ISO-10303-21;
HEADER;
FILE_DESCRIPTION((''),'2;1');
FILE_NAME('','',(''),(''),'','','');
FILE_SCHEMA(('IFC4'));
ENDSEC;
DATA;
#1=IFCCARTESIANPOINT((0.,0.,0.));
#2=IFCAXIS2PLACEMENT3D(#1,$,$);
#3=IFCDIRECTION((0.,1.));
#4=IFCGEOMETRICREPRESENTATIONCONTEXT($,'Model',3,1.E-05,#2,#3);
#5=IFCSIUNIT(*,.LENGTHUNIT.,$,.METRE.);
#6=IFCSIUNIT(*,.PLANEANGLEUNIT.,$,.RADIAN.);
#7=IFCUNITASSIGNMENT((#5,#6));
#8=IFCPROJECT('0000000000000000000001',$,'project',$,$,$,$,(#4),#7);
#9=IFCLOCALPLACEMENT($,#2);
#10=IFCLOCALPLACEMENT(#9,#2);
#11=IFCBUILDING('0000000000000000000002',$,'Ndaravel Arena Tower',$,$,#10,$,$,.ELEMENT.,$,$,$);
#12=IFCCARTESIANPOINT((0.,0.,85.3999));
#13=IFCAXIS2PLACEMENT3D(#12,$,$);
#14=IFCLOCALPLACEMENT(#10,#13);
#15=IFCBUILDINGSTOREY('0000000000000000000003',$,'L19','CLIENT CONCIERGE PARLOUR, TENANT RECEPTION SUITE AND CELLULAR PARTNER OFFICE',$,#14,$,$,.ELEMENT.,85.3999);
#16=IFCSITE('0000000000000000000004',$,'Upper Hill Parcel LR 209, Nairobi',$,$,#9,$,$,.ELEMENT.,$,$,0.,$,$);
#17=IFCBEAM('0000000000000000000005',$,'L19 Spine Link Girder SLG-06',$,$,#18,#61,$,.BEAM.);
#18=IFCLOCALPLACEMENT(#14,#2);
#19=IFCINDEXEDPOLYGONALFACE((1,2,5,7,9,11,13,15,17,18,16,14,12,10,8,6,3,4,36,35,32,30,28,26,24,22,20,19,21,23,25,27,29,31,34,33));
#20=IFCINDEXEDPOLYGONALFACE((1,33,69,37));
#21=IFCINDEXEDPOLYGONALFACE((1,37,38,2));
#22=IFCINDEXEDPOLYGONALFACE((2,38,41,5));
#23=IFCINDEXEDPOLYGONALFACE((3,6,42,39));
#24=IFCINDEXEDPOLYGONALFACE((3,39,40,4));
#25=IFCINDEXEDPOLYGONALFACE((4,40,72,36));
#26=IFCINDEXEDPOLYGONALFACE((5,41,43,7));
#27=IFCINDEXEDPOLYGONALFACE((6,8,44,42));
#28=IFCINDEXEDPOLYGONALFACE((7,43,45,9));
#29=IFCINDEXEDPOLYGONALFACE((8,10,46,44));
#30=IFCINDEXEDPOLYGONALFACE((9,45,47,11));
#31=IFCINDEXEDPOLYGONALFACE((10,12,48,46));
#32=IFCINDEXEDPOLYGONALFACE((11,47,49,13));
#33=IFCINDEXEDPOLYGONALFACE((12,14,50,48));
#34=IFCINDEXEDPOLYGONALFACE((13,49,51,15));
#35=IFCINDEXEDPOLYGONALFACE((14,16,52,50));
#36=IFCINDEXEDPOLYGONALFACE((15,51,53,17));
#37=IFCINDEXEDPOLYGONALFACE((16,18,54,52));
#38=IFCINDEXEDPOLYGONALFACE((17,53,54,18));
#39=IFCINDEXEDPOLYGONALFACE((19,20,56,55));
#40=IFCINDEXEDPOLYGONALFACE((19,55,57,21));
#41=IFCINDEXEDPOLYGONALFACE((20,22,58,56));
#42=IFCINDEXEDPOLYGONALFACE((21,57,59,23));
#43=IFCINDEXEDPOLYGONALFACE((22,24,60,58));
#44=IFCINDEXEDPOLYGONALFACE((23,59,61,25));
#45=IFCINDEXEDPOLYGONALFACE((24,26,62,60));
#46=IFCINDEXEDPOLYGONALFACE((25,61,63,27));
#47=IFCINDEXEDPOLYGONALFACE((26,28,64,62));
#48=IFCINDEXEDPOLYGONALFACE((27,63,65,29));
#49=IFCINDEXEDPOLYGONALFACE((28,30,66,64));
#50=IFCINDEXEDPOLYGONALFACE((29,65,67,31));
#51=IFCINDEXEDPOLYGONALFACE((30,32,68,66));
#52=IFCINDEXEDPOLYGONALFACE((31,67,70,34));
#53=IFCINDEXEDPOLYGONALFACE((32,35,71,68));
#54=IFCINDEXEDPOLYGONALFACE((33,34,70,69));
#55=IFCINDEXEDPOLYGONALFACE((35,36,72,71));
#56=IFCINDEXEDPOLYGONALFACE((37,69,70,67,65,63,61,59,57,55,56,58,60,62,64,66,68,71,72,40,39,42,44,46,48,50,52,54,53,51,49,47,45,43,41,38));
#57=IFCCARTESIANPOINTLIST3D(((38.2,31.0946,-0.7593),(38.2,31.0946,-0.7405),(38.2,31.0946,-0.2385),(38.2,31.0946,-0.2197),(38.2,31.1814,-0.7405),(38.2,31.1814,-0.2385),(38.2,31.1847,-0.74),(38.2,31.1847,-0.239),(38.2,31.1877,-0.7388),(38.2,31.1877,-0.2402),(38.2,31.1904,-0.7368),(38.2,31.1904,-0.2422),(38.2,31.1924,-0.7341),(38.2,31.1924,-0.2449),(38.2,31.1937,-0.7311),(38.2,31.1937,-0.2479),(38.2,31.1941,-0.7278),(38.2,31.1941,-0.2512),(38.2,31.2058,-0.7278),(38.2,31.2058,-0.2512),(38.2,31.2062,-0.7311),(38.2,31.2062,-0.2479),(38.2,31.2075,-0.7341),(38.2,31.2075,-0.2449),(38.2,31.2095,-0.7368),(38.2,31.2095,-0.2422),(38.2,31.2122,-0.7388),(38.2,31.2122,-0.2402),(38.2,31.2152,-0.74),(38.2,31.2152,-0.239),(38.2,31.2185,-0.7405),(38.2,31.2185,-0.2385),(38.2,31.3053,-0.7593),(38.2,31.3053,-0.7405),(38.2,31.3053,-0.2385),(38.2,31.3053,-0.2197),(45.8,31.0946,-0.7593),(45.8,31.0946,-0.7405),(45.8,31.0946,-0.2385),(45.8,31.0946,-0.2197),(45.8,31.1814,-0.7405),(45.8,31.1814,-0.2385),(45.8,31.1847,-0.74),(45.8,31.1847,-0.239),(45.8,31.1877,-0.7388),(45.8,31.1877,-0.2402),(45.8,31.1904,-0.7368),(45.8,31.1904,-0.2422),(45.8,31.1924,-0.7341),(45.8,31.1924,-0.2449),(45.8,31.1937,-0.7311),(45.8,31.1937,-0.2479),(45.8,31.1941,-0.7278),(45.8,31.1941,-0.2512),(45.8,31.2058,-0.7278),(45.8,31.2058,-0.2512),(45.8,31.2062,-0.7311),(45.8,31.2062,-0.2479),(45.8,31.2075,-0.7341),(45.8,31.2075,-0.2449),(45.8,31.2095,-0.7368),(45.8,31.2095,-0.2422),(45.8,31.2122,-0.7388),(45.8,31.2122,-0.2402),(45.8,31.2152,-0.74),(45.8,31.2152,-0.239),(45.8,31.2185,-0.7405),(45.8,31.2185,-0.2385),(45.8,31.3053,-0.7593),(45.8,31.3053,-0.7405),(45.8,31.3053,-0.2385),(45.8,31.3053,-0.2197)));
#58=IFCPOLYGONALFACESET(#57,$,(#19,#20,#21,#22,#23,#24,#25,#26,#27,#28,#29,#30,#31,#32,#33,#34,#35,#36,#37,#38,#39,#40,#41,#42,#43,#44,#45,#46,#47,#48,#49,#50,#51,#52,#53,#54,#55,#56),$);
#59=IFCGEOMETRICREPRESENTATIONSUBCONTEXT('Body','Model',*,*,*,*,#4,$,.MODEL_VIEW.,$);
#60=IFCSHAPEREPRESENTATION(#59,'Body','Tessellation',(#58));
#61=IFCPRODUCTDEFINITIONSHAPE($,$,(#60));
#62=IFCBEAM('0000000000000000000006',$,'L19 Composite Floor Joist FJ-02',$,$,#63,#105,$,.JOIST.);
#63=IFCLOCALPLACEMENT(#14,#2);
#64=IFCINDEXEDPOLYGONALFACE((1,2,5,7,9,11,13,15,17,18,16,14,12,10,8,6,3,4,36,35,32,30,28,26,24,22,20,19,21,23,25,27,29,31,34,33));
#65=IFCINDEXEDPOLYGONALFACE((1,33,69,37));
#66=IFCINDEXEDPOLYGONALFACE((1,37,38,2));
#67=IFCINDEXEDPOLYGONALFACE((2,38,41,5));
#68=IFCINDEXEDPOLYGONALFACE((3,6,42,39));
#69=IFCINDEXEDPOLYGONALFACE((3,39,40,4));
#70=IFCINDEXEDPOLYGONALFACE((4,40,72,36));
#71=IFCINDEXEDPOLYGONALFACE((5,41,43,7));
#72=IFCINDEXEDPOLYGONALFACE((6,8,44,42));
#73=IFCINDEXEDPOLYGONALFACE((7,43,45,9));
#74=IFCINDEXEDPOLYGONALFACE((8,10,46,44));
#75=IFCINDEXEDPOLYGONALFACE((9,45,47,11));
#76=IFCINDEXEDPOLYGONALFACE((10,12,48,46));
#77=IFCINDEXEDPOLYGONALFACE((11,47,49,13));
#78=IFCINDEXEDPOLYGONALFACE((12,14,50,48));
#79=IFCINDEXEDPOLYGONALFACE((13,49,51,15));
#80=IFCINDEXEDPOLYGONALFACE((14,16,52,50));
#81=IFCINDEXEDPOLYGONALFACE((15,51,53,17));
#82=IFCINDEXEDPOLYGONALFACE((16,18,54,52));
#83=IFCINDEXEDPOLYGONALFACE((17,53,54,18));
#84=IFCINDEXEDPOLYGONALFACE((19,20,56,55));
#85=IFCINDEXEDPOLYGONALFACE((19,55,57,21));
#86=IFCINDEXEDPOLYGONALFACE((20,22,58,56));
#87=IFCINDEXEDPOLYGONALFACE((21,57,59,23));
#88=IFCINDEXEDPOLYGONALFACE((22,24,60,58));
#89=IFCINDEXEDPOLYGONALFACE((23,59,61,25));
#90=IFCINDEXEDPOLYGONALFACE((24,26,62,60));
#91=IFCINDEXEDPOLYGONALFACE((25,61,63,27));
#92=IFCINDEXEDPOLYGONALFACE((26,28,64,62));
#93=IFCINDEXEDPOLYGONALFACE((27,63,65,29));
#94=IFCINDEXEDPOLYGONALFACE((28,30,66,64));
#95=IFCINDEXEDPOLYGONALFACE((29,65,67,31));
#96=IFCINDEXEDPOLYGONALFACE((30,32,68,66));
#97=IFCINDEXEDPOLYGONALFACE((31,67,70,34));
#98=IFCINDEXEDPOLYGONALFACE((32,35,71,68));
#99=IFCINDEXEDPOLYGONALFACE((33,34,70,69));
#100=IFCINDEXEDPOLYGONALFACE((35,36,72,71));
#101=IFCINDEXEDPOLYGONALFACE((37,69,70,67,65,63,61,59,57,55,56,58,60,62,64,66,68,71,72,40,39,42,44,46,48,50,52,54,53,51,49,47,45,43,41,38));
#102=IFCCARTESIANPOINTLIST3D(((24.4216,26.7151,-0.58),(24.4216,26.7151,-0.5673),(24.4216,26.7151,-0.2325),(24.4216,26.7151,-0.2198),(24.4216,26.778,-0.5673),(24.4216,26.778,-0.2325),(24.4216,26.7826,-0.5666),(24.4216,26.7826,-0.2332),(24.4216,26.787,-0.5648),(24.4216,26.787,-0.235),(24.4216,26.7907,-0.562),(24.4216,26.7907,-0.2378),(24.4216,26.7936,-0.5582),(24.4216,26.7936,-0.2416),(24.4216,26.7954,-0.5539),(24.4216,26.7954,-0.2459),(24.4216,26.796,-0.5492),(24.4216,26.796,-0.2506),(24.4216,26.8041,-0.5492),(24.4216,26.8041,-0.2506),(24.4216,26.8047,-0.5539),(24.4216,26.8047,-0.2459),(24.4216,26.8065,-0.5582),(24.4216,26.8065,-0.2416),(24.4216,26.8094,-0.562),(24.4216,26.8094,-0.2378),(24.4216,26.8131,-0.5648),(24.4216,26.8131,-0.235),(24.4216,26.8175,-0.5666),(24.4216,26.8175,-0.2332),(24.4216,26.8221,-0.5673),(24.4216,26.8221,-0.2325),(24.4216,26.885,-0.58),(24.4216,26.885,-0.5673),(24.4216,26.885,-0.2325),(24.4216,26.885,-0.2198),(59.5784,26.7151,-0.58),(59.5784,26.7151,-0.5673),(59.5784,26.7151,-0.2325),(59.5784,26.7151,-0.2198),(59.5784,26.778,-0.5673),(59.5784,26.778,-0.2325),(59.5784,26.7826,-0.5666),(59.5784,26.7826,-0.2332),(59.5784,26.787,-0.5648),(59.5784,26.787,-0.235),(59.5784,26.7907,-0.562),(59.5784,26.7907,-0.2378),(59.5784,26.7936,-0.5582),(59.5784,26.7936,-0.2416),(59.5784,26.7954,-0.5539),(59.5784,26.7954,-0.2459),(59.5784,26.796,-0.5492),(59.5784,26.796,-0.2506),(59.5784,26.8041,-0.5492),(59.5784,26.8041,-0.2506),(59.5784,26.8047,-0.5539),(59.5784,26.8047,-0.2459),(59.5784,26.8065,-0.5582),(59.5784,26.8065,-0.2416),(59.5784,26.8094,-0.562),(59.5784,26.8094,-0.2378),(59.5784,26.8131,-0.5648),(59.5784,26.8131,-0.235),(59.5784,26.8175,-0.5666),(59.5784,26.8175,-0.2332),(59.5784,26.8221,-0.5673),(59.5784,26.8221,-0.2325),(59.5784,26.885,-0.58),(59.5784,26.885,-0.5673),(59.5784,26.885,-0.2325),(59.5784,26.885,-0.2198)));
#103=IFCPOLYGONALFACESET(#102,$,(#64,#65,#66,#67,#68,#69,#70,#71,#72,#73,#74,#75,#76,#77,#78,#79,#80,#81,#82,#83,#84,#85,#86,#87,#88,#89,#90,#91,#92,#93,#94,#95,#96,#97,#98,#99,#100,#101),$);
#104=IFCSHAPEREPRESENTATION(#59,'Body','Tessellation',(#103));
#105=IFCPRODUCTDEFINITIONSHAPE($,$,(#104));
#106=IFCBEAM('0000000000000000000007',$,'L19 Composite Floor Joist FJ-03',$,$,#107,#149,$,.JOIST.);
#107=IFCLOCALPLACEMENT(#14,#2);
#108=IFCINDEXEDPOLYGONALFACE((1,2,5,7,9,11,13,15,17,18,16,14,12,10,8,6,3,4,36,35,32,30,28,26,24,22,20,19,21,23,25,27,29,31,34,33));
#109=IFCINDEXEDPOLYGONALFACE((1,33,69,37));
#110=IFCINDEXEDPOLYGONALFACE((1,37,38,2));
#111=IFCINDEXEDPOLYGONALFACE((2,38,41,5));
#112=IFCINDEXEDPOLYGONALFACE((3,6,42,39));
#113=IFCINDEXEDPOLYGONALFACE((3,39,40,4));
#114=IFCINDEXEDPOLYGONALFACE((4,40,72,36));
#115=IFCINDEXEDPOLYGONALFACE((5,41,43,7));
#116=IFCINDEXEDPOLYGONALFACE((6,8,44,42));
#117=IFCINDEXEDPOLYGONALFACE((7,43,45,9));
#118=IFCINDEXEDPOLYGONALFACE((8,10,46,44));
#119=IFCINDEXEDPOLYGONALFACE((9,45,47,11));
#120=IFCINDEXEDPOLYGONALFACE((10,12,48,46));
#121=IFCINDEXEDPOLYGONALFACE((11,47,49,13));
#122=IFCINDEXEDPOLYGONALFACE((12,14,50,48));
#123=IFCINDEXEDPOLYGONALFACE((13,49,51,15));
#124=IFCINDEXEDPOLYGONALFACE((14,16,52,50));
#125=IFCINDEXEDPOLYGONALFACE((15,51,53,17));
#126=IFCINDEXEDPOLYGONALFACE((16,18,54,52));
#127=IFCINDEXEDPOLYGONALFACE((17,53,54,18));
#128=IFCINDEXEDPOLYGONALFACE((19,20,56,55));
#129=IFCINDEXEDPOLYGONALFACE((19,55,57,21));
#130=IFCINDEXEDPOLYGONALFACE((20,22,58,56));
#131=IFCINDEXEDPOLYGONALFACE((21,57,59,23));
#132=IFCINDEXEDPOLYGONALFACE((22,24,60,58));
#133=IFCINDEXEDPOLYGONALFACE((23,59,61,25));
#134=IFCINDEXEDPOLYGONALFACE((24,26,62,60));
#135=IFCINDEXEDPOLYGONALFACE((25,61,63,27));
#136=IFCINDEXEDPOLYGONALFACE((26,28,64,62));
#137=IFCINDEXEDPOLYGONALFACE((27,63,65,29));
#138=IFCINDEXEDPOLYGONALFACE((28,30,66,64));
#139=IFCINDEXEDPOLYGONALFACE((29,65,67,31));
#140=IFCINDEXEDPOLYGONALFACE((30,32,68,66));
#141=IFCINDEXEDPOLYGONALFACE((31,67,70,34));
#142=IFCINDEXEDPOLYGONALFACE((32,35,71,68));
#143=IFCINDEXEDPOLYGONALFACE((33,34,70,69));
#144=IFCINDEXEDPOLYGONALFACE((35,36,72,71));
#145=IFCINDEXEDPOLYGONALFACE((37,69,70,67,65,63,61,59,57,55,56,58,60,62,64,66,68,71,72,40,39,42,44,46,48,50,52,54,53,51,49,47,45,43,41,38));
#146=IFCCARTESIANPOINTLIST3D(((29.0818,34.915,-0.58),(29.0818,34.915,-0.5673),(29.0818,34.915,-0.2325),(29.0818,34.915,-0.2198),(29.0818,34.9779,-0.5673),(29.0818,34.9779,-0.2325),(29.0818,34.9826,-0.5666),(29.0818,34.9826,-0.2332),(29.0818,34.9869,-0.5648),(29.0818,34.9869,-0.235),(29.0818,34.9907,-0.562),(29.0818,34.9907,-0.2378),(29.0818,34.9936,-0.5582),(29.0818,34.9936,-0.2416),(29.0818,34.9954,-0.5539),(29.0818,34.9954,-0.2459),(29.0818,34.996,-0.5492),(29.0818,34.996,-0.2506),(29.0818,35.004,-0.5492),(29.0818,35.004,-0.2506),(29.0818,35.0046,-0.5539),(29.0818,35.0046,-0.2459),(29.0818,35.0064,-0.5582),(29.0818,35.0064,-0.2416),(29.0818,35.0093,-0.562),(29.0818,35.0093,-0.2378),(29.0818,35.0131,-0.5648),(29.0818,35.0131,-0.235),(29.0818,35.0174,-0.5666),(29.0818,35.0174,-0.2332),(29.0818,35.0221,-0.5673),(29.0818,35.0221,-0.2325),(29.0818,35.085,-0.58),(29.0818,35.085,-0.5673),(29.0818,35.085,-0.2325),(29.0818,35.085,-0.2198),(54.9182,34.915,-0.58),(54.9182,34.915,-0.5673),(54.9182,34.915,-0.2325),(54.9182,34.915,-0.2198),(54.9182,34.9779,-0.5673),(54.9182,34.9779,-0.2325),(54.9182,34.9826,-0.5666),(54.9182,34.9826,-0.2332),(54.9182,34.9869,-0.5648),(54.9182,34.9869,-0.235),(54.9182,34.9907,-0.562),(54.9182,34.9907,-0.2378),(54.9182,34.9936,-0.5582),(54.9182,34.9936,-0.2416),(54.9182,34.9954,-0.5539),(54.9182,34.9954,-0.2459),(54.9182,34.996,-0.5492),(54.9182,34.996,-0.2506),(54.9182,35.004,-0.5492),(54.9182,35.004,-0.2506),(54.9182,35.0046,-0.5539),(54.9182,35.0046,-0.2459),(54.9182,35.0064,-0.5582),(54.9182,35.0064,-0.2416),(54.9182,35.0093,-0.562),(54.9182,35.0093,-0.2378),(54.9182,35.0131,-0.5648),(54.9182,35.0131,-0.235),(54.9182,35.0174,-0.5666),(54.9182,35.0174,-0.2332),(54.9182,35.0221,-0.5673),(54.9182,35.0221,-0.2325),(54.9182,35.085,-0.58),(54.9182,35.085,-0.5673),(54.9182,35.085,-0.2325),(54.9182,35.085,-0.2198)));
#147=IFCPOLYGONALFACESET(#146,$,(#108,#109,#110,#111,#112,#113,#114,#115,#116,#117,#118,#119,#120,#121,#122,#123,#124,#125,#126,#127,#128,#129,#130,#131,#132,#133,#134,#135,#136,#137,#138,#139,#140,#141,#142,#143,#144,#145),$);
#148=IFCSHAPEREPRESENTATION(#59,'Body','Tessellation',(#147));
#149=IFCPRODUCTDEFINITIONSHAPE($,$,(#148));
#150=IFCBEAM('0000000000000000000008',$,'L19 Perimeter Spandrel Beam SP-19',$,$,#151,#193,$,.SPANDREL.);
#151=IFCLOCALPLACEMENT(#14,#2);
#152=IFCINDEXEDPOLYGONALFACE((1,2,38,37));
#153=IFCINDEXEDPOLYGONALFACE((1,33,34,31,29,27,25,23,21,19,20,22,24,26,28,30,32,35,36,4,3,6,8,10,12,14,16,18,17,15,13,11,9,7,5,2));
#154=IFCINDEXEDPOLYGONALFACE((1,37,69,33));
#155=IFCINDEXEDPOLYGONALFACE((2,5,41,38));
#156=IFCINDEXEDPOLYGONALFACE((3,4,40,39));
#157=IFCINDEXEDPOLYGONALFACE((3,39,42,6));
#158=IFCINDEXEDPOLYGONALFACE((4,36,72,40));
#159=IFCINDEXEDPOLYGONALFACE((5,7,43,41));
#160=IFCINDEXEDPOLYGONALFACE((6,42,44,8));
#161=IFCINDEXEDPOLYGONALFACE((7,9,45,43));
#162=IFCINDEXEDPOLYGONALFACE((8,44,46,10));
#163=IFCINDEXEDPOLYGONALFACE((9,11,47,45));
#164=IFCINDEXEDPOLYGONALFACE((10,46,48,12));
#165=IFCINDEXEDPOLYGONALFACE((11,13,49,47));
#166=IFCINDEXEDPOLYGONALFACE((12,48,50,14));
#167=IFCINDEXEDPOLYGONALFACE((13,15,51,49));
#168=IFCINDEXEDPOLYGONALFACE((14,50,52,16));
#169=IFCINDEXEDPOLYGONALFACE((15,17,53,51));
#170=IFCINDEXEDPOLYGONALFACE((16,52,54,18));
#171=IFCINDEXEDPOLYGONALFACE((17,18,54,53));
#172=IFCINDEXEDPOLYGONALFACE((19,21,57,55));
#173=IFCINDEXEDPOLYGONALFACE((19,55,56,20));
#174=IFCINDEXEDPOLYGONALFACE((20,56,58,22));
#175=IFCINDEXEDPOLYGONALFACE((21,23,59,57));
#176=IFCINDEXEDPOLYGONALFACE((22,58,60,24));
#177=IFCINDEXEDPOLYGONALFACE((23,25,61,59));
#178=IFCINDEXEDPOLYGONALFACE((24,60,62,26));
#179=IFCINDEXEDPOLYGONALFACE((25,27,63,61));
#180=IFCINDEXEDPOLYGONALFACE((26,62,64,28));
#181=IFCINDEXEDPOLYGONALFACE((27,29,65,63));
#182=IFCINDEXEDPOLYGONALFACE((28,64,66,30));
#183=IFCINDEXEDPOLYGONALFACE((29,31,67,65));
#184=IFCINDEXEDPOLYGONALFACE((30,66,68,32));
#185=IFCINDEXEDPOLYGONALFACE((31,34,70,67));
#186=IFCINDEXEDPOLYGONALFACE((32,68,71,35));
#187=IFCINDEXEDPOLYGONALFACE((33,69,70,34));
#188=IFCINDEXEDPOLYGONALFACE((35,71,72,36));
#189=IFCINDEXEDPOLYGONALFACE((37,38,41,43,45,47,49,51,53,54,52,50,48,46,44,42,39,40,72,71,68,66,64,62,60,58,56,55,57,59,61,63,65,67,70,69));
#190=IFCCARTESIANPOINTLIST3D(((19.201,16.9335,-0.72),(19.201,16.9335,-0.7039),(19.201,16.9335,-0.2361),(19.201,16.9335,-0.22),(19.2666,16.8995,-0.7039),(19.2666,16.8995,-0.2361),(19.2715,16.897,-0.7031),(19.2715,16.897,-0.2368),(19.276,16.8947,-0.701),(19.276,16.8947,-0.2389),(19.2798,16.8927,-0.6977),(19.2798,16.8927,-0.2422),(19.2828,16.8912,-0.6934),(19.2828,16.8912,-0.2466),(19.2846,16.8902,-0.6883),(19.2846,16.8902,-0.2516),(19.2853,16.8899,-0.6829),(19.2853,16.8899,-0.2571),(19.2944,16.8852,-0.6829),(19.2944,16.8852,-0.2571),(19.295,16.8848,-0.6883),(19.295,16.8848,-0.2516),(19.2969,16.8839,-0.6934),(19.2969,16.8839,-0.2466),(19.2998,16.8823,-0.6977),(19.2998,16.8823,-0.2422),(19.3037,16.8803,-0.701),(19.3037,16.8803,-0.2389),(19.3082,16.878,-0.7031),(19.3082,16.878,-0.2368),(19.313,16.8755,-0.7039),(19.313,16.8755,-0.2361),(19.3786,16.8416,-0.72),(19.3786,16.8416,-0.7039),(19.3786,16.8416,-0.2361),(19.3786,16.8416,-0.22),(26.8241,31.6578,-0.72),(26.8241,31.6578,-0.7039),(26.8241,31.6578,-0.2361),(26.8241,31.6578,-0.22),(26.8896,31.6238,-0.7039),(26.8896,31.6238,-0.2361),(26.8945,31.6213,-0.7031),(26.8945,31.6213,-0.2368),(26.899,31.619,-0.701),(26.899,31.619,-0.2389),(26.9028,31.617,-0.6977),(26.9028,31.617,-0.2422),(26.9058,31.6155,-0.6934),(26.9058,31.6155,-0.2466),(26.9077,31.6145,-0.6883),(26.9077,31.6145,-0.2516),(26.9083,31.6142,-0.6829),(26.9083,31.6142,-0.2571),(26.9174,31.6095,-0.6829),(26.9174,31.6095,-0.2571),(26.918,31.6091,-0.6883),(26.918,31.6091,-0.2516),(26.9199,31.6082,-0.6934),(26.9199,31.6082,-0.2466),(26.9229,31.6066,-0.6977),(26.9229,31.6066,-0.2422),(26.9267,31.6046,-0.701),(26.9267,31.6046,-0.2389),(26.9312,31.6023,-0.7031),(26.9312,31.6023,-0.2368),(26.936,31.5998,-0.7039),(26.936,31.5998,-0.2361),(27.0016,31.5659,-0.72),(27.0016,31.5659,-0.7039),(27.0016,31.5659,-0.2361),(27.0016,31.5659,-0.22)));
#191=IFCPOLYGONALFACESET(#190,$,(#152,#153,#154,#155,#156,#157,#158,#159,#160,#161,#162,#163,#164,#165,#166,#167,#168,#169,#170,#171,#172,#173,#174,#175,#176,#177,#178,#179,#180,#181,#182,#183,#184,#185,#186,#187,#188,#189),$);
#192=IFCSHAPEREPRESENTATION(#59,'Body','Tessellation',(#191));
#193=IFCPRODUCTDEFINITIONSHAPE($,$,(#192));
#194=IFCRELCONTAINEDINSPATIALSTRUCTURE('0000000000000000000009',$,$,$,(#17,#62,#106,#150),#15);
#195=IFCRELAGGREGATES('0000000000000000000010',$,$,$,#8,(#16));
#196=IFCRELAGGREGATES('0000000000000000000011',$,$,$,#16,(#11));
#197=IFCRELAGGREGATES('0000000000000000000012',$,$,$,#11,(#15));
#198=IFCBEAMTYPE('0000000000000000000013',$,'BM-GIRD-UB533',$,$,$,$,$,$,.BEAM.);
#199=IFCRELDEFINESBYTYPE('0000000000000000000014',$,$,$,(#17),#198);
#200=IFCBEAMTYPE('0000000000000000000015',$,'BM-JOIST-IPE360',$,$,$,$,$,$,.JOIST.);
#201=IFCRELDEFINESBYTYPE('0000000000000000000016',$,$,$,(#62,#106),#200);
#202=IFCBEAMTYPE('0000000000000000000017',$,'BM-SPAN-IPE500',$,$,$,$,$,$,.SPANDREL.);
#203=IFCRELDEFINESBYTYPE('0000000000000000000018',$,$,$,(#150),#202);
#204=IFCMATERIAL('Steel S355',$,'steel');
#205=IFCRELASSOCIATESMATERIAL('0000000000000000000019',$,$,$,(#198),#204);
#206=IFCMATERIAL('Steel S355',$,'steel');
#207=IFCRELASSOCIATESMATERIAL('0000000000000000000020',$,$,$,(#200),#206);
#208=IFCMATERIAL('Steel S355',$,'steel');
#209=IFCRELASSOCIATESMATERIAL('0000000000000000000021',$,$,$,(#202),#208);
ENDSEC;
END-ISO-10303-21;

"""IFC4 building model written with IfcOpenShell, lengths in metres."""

from ifc_helpers import new_model, si_unit, direction, frame, origin, origin_2d, place, context, subcontext, project, spatial, i_section, extrude, material, material_profile, profile_set, type_object, element, save


model = new_model("IFC4")

# Units and contexts
model_context = context("Model", 3, precision=1e-05, world=origin(), true_north=direction((0.0, 1.0)))
body_context = subcontext(model_context, "Body", "Model", "MODEL_VIEW")
ifc_project = project(units=[si_unit("LENGTHUNIT", "METRE"), si_unit("PLANEANGLEUNIT", "RADIAN")], contexts=[model_context])

# Site, building, storey
site_placement = place(None, origin())
site = spatial("IfcSite", under=ifc_project, at=site_placement, Name="Upper Hill Parcel LR 209, Nairobi", CompositionType="ELEMENT", RefElevation=0.0)
building_placement = place(site_placement, origin())
building = spatial("IfcBuilding", under=site, at=building_placement, Name="Ndaravel Arena Tower", CompositionType="ELEMENT")
storey_placement = place(building_placement, frame((0.0, 0.0, 85.3999)))
storey = spatial("IfcBuildingStorey", under=building, at=storey_placement, Name="L19", Description="CLIENT CONCIERGE PARLOUR, TENANT RECEPTION SUITE AND CELLULAR PARTNER OFFICE", CompositionType="ELEMENT", Elevation=85.3999)

# Beams
ifc_material_1 = material(Name="Steel S355", Category="steel")
ifc_material_profile_1 = material_profile(ifc_material_1, i_section(OverallWidth=0.2107, OverallDepth=0.5396, WebThickness=0.0117, FlangeThickness=0.0188, FilletRadius=0.0127, at=origin_2d()), Name="UB 533x210x109")
ifc_profile_set_1 = profile_set([ifc_material_profile_1], Name="Steel S355")
beam_type_1 = type_object("IfcBeamType", Name="BM-GIRD-UB533", PredefinedType="BEAM", material=ifc_profile_set_1)
beam_1_placement = place(storey_placement, frame((38.2, 31.2, -0.4895), z_axis=(1.0, 0.0, 0.0), x_axis=(0.0, 1.0, 0.0)))
element("IfcBeam", 1, at=beam_1_placement, inside=storey, type_object=beam_type_1, Name="L19 Spine Link Girder SLG-06", PredefinedType="BEAM", context=body_context, shape_type="SweptSolid", body=[
    extrude(i_section(OverallWidth=0.2107, OverallDepth=0.5396, WebThickness=0.0117, FlangeThickness=0.0188, FilletRadius=0.0127, at=origin_2d()), origin(), (0.0, 0.0, 1.0), 7.6001),
])
ifc_material_2 = material(Name="Steel S355", Category="steel")
ifc_material_profile_2 = material_profile(ifc_material_2, i_section(OverallWidth=0.1699, OverallDepth=0.3601, WebThickness=0.0081, FlangeThickness=0.0127, FilletRadius=0.0181, at=origin_2d()), Name="IPE 360")
ifc_profile_set_2 = profile_set([ifc_material_profile_2], Name="Steel S355")
beam_type_2 = type_object("IfcBeamType", Name="BM-JOIST-IPE360", PredefinedType="JOIST", material=ifc_profile_set_2)
beam_2_placement = place(storey_placement, frame((24.4216, 26.8, -0.3999), z_axis=(1.0, 0.0, 0.0), x_axis=(0.0, 1.0, 0.0)))
element("IfcBeam", 2, at=beam_2_placement, inside=storey, type_object=beam_type_2, Name="L19 Composite Floor Joist FJ-02", PredefinedType="JOIST", context=body_context, shape_type="SweptSolid", body=[
    extrude(i_section(OverallWidth=0.1699, OverallDepth=0.3601, WebThickness=0.0081, FlangeThickness=0.0127, FilletRadius=0.0181, at=origin_2d()), origin(), (0.0, 0.0, 1.0), 35.1567),
])
beam_3_placement = place(storey_placement, frame((29.0818, 35.0, -0.3999), z_axis=(1.0, 0.0, 0.0), x_axis=(0.0, 1.0, 0.0)))
element("IfcBeam", 3, at=beam_3_placement, inside=storey, type_object=beam_type_2, Name="L19 Composite Floor Joist FJ-03", PredefinedType="JOIST", context=body_context, shape_type="SweptSolid", body=[
    extrude(i_section(OverallWidth=0.1699, OverallDepth=0.3601, WebThickness=0.0081, FlangeThickness=0.0127, FilletRadius=0.0181, at=origin_2d()), origin(), (0.0, 0.0, 1.0), 25.8364),
])
ifc_material_3 = material(Name="Steel S355", Category="steel")
ifc_material_profile_3 = material_profile(ifc_material_3, i_section(OverallWidth=0.2, OverallDepth=0.5, WebThickness=0.0103, FlangeThickness=0.0161, FilletRadius=0.021, at=origin_2d()), Name="IPE 500")
ifc_profile_set_3 = profile_set([ifc_material_profile_3], Name="Steel S355")
beam_type_3 = type_object("IfcBeamType", Name="BM-SPAN-IPE500", PredefinedType="SPANDREL", material=ifc_profile_set_3)
beam_4_placement = place(storey_placement, frame((26.9128, 31.6118, -0.47), z_axis=(-0.459756, -0.888045, 0.0), x_axis=(0.888045, -0.459756, 0.0)))
element("IfcBeam", 4, at=beam_4_placement, inside=storey, type_object=beam_type_3, Name="L19 Perimeter Spandrel Beam SP-19", PredefinedType="SPANDREL", context=body_context, shape_type="SweptSolid", body=[
    extrude(i_section(OverallWidth=0.2, OverallDepth=0.5, WebThickness=0.0103, FlangeThickness=0.0161, FilletRadius=0.021, at=origin_2d()), origin(), (0.0, 0.0, 1.0), 16.5806),
])

save(model, "model.ifc")
